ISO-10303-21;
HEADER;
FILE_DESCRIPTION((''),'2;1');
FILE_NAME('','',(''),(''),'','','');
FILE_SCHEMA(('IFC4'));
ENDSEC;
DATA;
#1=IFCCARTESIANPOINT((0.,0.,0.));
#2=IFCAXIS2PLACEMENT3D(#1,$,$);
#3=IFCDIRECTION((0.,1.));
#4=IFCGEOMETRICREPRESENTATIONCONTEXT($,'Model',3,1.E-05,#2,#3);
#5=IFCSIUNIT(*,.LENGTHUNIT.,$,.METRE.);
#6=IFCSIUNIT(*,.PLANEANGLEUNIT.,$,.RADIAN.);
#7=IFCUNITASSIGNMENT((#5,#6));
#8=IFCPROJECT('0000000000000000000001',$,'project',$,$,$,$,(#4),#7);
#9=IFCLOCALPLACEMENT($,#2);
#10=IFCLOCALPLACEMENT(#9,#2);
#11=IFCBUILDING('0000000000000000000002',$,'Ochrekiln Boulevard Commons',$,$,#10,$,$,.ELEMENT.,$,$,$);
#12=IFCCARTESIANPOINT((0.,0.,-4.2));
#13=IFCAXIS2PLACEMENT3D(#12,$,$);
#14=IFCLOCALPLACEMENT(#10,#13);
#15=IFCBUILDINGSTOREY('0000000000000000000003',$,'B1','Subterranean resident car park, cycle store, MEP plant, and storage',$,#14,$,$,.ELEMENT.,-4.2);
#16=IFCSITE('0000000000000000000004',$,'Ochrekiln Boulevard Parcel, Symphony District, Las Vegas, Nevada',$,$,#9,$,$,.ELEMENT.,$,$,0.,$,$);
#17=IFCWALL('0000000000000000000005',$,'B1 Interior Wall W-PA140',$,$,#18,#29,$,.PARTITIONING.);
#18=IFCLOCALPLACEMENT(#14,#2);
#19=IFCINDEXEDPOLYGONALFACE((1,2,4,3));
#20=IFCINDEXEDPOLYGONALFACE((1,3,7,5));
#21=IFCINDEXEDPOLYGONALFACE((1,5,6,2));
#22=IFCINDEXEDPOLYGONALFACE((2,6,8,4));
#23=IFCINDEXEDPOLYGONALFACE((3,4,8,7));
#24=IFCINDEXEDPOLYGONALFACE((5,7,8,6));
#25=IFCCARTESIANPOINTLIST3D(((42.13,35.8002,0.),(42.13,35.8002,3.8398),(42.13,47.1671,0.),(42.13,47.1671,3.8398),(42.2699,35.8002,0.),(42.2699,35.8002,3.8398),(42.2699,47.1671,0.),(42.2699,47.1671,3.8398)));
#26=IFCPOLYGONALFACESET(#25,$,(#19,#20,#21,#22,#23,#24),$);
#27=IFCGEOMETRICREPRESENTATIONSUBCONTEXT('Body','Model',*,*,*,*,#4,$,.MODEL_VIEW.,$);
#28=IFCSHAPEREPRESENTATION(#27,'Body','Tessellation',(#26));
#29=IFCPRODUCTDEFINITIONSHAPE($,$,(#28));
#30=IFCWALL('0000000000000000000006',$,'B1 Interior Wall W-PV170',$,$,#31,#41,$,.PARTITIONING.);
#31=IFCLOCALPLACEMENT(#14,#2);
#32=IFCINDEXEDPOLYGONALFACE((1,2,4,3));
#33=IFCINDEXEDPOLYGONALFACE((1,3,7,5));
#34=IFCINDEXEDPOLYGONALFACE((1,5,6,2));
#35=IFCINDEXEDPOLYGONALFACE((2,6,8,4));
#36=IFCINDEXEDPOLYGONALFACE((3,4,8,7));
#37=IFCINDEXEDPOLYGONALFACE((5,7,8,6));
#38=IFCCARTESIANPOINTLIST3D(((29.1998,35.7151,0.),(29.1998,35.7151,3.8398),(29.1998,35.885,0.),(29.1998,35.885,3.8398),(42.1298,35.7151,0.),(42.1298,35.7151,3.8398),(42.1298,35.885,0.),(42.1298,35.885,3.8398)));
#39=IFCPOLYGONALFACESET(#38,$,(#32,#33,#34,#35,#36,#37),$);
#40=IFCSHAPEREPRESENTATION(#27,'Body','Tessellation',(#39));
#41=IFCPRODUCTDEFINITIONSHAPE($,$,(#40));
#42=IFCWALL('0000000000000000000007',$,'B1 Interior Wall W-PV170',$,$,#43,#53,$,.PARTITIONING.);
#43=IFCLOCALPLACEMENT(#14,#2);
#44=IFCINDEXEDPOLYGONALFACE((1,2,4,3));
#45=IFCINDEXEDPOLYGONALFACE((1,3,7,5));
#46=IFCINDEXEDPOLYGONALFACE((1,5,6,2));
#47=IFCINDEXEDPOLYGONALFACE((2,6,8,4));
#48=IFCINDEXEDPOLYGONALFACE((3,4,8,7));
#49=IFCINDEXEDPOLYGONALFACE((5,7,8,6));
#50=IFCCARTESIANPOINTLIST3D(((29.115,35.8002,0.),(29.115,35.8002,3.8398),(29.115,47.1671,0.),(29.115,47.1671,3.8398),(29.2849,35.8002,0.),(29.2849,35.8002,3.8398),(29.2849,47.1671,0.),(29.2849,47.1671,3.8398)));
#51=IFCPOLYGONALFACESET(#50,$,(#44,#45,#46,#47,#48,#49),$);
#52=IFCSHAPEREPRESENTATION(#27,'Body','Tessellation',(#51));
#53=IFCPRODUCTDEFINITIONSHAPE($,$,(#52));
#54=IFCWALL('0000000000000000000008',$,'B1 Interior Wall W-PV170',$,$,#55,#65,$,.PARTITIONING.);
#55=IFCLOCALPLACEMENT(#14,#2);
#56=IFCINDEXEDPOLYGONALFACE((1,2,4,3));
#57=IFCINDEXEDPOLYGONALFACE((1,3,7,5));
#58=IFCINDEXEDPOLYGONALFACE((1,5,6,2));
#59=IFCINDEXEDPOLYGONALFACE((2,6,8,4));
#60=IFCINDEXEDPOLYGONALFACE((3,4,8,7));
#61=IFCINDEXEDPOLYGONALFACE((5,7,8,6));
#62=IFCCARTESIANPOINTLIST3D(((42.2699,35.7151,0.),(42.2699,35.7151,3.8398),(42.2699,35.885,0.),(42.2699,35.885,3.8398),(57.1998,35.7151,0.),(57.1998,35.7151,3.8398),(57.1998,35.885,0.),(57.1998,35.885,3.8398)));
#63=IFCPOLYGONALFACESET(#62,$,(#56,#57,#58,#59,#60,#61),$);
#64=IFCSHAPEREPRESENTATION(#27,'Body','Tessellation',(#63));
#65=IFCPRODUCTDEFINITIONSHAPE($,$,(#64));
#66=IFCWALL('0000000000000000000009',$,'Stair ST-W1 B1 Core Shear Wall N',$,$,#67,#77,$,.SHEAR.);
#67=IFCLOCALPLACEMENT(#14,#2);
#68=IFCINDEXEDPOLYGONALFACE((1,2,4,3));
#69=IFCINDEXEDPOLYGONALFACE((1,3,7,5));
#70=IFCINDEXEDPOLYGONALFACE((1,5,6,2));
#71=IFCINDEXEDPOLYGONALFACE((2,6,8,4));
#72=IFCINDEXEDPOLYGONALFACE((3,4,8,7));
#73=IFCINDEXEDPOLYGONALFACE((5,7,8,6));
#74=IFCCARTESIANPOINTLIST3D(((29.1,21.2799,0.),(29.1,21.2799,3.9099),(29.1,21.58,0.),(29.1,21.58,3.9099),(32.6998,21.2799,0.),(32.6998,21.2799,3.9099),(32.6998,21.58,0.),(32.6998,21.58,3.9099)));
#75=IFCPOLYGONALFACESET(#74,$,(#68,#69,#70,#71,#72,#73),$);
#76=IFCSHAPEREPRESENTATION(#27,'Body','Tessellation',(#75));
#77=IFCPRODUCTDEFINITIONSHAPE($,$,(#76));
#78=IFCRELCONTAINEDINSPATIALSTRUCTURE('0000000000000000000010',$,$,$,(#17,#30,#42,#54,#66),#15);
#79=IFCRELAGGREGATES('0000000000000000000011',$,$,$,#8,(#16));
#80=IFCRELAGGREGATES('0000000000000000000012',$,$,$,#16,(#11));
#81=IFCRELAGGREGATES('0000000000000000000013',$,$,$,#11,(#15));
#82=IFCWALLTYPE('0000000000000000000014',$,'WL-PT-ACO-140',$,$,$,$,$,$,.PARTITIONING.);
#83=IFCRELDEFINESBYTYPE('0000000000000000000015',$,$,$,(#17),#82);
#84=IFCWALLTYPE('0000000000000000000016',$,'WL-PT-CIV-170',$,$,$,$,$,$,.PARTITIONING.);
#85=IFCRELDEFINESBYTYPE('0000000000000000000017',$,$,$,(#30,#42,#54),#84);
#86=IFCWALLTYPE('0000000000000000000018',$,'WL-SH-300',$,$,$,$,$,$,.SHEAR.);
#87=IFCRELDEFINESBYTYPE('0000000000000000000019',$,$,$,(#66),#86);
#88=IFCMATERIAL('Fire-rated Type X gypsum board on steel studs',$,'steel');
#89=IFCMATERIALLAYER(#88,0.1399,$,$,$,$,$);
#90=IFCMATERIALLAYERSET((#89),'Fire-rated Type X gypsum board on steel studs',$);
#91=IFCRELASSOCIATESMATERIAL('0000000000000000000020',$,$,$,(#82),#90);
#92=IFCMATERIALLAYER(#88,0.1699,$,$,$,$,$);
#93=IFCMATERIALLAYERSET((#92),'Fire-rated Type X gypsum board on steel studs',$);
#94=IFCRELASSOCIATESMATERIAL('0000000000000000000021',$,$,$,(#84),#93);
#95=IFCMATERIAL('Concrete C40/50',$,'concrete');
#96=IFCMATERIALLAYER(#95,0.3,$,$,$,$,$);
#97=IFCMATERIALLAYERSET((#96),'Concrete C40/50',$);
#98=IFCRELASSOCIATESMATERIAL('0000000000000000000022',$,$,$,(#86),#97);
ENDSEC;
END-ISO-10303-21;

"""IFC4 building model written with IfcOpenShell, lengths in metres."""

from ifc_helpers import new_model, si_unit, direction, frame, frame_2d, origin, place, context, subcontext, project, spatial, rectangle, extrude, material, layer, layer_set, type_object, element, save


model = new_model("IFC4")

# Units and contexts
model_context = context("Model", 3, precision=1e-05, world=origin(), true_north=direction((0.0, 1.0)))
body_context = subcontext(model_context, "Body", "Model", "MODEL_VIEW")
ifc_project = project(units=[si_unit("LENGTHUNIT", "METRE"), si_unit("PLANEANGLEUNIT", "RADIAN")], contexts=[model_context])

# Site, building, storey
site_placement = place(None, origin())
site = spatial("IfcSite", under=ifc_project, at=site_placement, Name="Ochrekiln Boulevard Parcel, Symphony District, Las Vegas, Nevada", CompositionType="ELEMENT", RefElevation=0.0)
building_placement = place(site_placement, origin())
building = spatial("IfcBuilding", under=site, at=building_placement, Name="Ochrekiln Boulevard Commons", CompositionType="ELEMENT")
storey_placement = place(building_placement, frame((0.0, 0.0, -4.2)))
storey = spatial("IfcBuildingStorey", under=building, at=storey_placement, Name="B1", Description="Subterranean resident car park, cycle store, MEP plant, and storage", CompositionType="ELEMENT", Elevation=-4.2)

# Shared definitions
ifc_material_1 = material(Name="Concrete C40/50", Category="concrete")

# Walls
ifc_material_2 = material(Name="Fire-rated Type X gypsum board on steel studs", Category="steel")
ifc_layer_1 = layer(ifc_material_2, 0.1399)
ifc_layer_set_1 = layer_set([ifc_layer_1], Name="Fire-rated Type X gypsum board on steel studs")
wall_type_1 = type_object("IfcWallType", Name="WL-PT-ACO-140", PredefinedType="PARTITIONING", material=ifc_layer_set_1)
wall_1_placement = place(storey_placement, frame((42.2, 35.8, 0.0), z_axis=(0.0, 0.0, 1.0), x_axis=(0.0, 1.0, 0.0)))
element("IfcWall", 1, at=wall_1_placement, inside=storey, type_object=wall_type_1, Name="B1 Interior Wall W-PA140", PredefinedType="PARTITIONING", context=body_context, shape_type="SweptSolid", body=[
    extrude(rectangle(XDim=11.3669, YDim=0.1399, at=frame_2d((5.6836, 0.0))), origin(), (0.0, 0.0, 1.0), 3.8398),
])
ifc_layer_2 = layer(ifc_material_2, 0.1699)
ifc_layer_set_2 = layer_set([ifc_layer_2], Name="Fire-rated Type X gypsum board on steel studs")
wall_type_2 = type_object("IfcWallType", Name="WL-PT-CIV-170", PredefinedType="PARTITIONING", material=ifc_layer_set_2)
wall_2_placement = place(storey_placement, frame((29.2, 35.8, 0.0), z_axis=(0.0, 0.0, 1.0), x_axis=(1.0, 0.0, 0.0)))
element("IfcWall", 2, at=wall_2_placement, inside=storey, type_object=wall_type_2, Name="B1 Interior Wall W-PV170", PredefinedType="PARTITIONING", context=body_context, shape_type="SweptSolid", body=[
    extrude(rectangle(XDim=12.9299, YDim=0.1699, at=frame_2d((6.4648, 0.0))), origin(), (0.0, 0.0, 1.0), 3.8398),
])
wall_3_placement = place(storey_placement, frame((29.2, 35.8, 0.0), z_axis=(0.0, 0.0, 1.0), x_axis=(0.0, 1.0, 0.0)))
element("IfcWall", 3, at=wall_3_placement, inside=storey, type_object=wall_type_2, Name="B1 Interior Wall W-PV170", PredefinedType="PARTITIONING", context=body_context, shape_type="SweptSolid", body=[
    extrude(rectangle(XDim=11.3669, YDim=0.1699, at=frame_2d((5.6836, 0.0))), origin(), (0.0, 0.0, 1.0), 3.8398),
])
wall_4_placement = place(storey_placement, frame((42.27, 35.8, 0.0), z_axis=(0.0, 0.0, 1.0), x_axis=(1.0, 0.0, 0.0)))
element("IfcWall", 4, at=wall_4_placement, inside=storey, type_object=wall_type_2, Name="B1 Interior Wall W-PV170", PredefinedType="PARTITIONING", context=body_context, shape_type="SweptSolid", body=[
    extrude(rectangle(XDim=14.9299, YDim=0.1699, at=frame_2d((7.4648, 0.0))), origin(), (0.0, 0.0, 1.0), 3.8398),
])
ifc_layer_3 = layer(ifc_material_1, 0.3)
ifc_layer_set_3 = layer_set([ifc_layer_3], Name="Concrete C40/50")
wall_type_3 = type_object("IfcWallType", Name="WL-SH-300", PredefinedType="SHEAR", material=ifc_layer_set_3)
wall_5_placement = place(storey_placement, frame((29.1001, 21.4299, 0.0), z_axis=(0.0, 0.0, 1.0), x_axis=(1.0, 0.0, 0.0)))
element("IfcWall", 5, at=wall_5_placement, inside=storey, type_object=wall_type_3, Name="Stair ST-W1 B1 Core Shear Wall N", PredefinedType="SHEAR", context=body_context, shape_type="SweptSolid", body=[
    extrude(rectangle(XDim=3.5999, YDim=0.3, at=frame_2d((1.7998, 0.0))), origin(), (0.0, 0.0, 1.0), 3.9099),
])

save(model, "model.ifc")
